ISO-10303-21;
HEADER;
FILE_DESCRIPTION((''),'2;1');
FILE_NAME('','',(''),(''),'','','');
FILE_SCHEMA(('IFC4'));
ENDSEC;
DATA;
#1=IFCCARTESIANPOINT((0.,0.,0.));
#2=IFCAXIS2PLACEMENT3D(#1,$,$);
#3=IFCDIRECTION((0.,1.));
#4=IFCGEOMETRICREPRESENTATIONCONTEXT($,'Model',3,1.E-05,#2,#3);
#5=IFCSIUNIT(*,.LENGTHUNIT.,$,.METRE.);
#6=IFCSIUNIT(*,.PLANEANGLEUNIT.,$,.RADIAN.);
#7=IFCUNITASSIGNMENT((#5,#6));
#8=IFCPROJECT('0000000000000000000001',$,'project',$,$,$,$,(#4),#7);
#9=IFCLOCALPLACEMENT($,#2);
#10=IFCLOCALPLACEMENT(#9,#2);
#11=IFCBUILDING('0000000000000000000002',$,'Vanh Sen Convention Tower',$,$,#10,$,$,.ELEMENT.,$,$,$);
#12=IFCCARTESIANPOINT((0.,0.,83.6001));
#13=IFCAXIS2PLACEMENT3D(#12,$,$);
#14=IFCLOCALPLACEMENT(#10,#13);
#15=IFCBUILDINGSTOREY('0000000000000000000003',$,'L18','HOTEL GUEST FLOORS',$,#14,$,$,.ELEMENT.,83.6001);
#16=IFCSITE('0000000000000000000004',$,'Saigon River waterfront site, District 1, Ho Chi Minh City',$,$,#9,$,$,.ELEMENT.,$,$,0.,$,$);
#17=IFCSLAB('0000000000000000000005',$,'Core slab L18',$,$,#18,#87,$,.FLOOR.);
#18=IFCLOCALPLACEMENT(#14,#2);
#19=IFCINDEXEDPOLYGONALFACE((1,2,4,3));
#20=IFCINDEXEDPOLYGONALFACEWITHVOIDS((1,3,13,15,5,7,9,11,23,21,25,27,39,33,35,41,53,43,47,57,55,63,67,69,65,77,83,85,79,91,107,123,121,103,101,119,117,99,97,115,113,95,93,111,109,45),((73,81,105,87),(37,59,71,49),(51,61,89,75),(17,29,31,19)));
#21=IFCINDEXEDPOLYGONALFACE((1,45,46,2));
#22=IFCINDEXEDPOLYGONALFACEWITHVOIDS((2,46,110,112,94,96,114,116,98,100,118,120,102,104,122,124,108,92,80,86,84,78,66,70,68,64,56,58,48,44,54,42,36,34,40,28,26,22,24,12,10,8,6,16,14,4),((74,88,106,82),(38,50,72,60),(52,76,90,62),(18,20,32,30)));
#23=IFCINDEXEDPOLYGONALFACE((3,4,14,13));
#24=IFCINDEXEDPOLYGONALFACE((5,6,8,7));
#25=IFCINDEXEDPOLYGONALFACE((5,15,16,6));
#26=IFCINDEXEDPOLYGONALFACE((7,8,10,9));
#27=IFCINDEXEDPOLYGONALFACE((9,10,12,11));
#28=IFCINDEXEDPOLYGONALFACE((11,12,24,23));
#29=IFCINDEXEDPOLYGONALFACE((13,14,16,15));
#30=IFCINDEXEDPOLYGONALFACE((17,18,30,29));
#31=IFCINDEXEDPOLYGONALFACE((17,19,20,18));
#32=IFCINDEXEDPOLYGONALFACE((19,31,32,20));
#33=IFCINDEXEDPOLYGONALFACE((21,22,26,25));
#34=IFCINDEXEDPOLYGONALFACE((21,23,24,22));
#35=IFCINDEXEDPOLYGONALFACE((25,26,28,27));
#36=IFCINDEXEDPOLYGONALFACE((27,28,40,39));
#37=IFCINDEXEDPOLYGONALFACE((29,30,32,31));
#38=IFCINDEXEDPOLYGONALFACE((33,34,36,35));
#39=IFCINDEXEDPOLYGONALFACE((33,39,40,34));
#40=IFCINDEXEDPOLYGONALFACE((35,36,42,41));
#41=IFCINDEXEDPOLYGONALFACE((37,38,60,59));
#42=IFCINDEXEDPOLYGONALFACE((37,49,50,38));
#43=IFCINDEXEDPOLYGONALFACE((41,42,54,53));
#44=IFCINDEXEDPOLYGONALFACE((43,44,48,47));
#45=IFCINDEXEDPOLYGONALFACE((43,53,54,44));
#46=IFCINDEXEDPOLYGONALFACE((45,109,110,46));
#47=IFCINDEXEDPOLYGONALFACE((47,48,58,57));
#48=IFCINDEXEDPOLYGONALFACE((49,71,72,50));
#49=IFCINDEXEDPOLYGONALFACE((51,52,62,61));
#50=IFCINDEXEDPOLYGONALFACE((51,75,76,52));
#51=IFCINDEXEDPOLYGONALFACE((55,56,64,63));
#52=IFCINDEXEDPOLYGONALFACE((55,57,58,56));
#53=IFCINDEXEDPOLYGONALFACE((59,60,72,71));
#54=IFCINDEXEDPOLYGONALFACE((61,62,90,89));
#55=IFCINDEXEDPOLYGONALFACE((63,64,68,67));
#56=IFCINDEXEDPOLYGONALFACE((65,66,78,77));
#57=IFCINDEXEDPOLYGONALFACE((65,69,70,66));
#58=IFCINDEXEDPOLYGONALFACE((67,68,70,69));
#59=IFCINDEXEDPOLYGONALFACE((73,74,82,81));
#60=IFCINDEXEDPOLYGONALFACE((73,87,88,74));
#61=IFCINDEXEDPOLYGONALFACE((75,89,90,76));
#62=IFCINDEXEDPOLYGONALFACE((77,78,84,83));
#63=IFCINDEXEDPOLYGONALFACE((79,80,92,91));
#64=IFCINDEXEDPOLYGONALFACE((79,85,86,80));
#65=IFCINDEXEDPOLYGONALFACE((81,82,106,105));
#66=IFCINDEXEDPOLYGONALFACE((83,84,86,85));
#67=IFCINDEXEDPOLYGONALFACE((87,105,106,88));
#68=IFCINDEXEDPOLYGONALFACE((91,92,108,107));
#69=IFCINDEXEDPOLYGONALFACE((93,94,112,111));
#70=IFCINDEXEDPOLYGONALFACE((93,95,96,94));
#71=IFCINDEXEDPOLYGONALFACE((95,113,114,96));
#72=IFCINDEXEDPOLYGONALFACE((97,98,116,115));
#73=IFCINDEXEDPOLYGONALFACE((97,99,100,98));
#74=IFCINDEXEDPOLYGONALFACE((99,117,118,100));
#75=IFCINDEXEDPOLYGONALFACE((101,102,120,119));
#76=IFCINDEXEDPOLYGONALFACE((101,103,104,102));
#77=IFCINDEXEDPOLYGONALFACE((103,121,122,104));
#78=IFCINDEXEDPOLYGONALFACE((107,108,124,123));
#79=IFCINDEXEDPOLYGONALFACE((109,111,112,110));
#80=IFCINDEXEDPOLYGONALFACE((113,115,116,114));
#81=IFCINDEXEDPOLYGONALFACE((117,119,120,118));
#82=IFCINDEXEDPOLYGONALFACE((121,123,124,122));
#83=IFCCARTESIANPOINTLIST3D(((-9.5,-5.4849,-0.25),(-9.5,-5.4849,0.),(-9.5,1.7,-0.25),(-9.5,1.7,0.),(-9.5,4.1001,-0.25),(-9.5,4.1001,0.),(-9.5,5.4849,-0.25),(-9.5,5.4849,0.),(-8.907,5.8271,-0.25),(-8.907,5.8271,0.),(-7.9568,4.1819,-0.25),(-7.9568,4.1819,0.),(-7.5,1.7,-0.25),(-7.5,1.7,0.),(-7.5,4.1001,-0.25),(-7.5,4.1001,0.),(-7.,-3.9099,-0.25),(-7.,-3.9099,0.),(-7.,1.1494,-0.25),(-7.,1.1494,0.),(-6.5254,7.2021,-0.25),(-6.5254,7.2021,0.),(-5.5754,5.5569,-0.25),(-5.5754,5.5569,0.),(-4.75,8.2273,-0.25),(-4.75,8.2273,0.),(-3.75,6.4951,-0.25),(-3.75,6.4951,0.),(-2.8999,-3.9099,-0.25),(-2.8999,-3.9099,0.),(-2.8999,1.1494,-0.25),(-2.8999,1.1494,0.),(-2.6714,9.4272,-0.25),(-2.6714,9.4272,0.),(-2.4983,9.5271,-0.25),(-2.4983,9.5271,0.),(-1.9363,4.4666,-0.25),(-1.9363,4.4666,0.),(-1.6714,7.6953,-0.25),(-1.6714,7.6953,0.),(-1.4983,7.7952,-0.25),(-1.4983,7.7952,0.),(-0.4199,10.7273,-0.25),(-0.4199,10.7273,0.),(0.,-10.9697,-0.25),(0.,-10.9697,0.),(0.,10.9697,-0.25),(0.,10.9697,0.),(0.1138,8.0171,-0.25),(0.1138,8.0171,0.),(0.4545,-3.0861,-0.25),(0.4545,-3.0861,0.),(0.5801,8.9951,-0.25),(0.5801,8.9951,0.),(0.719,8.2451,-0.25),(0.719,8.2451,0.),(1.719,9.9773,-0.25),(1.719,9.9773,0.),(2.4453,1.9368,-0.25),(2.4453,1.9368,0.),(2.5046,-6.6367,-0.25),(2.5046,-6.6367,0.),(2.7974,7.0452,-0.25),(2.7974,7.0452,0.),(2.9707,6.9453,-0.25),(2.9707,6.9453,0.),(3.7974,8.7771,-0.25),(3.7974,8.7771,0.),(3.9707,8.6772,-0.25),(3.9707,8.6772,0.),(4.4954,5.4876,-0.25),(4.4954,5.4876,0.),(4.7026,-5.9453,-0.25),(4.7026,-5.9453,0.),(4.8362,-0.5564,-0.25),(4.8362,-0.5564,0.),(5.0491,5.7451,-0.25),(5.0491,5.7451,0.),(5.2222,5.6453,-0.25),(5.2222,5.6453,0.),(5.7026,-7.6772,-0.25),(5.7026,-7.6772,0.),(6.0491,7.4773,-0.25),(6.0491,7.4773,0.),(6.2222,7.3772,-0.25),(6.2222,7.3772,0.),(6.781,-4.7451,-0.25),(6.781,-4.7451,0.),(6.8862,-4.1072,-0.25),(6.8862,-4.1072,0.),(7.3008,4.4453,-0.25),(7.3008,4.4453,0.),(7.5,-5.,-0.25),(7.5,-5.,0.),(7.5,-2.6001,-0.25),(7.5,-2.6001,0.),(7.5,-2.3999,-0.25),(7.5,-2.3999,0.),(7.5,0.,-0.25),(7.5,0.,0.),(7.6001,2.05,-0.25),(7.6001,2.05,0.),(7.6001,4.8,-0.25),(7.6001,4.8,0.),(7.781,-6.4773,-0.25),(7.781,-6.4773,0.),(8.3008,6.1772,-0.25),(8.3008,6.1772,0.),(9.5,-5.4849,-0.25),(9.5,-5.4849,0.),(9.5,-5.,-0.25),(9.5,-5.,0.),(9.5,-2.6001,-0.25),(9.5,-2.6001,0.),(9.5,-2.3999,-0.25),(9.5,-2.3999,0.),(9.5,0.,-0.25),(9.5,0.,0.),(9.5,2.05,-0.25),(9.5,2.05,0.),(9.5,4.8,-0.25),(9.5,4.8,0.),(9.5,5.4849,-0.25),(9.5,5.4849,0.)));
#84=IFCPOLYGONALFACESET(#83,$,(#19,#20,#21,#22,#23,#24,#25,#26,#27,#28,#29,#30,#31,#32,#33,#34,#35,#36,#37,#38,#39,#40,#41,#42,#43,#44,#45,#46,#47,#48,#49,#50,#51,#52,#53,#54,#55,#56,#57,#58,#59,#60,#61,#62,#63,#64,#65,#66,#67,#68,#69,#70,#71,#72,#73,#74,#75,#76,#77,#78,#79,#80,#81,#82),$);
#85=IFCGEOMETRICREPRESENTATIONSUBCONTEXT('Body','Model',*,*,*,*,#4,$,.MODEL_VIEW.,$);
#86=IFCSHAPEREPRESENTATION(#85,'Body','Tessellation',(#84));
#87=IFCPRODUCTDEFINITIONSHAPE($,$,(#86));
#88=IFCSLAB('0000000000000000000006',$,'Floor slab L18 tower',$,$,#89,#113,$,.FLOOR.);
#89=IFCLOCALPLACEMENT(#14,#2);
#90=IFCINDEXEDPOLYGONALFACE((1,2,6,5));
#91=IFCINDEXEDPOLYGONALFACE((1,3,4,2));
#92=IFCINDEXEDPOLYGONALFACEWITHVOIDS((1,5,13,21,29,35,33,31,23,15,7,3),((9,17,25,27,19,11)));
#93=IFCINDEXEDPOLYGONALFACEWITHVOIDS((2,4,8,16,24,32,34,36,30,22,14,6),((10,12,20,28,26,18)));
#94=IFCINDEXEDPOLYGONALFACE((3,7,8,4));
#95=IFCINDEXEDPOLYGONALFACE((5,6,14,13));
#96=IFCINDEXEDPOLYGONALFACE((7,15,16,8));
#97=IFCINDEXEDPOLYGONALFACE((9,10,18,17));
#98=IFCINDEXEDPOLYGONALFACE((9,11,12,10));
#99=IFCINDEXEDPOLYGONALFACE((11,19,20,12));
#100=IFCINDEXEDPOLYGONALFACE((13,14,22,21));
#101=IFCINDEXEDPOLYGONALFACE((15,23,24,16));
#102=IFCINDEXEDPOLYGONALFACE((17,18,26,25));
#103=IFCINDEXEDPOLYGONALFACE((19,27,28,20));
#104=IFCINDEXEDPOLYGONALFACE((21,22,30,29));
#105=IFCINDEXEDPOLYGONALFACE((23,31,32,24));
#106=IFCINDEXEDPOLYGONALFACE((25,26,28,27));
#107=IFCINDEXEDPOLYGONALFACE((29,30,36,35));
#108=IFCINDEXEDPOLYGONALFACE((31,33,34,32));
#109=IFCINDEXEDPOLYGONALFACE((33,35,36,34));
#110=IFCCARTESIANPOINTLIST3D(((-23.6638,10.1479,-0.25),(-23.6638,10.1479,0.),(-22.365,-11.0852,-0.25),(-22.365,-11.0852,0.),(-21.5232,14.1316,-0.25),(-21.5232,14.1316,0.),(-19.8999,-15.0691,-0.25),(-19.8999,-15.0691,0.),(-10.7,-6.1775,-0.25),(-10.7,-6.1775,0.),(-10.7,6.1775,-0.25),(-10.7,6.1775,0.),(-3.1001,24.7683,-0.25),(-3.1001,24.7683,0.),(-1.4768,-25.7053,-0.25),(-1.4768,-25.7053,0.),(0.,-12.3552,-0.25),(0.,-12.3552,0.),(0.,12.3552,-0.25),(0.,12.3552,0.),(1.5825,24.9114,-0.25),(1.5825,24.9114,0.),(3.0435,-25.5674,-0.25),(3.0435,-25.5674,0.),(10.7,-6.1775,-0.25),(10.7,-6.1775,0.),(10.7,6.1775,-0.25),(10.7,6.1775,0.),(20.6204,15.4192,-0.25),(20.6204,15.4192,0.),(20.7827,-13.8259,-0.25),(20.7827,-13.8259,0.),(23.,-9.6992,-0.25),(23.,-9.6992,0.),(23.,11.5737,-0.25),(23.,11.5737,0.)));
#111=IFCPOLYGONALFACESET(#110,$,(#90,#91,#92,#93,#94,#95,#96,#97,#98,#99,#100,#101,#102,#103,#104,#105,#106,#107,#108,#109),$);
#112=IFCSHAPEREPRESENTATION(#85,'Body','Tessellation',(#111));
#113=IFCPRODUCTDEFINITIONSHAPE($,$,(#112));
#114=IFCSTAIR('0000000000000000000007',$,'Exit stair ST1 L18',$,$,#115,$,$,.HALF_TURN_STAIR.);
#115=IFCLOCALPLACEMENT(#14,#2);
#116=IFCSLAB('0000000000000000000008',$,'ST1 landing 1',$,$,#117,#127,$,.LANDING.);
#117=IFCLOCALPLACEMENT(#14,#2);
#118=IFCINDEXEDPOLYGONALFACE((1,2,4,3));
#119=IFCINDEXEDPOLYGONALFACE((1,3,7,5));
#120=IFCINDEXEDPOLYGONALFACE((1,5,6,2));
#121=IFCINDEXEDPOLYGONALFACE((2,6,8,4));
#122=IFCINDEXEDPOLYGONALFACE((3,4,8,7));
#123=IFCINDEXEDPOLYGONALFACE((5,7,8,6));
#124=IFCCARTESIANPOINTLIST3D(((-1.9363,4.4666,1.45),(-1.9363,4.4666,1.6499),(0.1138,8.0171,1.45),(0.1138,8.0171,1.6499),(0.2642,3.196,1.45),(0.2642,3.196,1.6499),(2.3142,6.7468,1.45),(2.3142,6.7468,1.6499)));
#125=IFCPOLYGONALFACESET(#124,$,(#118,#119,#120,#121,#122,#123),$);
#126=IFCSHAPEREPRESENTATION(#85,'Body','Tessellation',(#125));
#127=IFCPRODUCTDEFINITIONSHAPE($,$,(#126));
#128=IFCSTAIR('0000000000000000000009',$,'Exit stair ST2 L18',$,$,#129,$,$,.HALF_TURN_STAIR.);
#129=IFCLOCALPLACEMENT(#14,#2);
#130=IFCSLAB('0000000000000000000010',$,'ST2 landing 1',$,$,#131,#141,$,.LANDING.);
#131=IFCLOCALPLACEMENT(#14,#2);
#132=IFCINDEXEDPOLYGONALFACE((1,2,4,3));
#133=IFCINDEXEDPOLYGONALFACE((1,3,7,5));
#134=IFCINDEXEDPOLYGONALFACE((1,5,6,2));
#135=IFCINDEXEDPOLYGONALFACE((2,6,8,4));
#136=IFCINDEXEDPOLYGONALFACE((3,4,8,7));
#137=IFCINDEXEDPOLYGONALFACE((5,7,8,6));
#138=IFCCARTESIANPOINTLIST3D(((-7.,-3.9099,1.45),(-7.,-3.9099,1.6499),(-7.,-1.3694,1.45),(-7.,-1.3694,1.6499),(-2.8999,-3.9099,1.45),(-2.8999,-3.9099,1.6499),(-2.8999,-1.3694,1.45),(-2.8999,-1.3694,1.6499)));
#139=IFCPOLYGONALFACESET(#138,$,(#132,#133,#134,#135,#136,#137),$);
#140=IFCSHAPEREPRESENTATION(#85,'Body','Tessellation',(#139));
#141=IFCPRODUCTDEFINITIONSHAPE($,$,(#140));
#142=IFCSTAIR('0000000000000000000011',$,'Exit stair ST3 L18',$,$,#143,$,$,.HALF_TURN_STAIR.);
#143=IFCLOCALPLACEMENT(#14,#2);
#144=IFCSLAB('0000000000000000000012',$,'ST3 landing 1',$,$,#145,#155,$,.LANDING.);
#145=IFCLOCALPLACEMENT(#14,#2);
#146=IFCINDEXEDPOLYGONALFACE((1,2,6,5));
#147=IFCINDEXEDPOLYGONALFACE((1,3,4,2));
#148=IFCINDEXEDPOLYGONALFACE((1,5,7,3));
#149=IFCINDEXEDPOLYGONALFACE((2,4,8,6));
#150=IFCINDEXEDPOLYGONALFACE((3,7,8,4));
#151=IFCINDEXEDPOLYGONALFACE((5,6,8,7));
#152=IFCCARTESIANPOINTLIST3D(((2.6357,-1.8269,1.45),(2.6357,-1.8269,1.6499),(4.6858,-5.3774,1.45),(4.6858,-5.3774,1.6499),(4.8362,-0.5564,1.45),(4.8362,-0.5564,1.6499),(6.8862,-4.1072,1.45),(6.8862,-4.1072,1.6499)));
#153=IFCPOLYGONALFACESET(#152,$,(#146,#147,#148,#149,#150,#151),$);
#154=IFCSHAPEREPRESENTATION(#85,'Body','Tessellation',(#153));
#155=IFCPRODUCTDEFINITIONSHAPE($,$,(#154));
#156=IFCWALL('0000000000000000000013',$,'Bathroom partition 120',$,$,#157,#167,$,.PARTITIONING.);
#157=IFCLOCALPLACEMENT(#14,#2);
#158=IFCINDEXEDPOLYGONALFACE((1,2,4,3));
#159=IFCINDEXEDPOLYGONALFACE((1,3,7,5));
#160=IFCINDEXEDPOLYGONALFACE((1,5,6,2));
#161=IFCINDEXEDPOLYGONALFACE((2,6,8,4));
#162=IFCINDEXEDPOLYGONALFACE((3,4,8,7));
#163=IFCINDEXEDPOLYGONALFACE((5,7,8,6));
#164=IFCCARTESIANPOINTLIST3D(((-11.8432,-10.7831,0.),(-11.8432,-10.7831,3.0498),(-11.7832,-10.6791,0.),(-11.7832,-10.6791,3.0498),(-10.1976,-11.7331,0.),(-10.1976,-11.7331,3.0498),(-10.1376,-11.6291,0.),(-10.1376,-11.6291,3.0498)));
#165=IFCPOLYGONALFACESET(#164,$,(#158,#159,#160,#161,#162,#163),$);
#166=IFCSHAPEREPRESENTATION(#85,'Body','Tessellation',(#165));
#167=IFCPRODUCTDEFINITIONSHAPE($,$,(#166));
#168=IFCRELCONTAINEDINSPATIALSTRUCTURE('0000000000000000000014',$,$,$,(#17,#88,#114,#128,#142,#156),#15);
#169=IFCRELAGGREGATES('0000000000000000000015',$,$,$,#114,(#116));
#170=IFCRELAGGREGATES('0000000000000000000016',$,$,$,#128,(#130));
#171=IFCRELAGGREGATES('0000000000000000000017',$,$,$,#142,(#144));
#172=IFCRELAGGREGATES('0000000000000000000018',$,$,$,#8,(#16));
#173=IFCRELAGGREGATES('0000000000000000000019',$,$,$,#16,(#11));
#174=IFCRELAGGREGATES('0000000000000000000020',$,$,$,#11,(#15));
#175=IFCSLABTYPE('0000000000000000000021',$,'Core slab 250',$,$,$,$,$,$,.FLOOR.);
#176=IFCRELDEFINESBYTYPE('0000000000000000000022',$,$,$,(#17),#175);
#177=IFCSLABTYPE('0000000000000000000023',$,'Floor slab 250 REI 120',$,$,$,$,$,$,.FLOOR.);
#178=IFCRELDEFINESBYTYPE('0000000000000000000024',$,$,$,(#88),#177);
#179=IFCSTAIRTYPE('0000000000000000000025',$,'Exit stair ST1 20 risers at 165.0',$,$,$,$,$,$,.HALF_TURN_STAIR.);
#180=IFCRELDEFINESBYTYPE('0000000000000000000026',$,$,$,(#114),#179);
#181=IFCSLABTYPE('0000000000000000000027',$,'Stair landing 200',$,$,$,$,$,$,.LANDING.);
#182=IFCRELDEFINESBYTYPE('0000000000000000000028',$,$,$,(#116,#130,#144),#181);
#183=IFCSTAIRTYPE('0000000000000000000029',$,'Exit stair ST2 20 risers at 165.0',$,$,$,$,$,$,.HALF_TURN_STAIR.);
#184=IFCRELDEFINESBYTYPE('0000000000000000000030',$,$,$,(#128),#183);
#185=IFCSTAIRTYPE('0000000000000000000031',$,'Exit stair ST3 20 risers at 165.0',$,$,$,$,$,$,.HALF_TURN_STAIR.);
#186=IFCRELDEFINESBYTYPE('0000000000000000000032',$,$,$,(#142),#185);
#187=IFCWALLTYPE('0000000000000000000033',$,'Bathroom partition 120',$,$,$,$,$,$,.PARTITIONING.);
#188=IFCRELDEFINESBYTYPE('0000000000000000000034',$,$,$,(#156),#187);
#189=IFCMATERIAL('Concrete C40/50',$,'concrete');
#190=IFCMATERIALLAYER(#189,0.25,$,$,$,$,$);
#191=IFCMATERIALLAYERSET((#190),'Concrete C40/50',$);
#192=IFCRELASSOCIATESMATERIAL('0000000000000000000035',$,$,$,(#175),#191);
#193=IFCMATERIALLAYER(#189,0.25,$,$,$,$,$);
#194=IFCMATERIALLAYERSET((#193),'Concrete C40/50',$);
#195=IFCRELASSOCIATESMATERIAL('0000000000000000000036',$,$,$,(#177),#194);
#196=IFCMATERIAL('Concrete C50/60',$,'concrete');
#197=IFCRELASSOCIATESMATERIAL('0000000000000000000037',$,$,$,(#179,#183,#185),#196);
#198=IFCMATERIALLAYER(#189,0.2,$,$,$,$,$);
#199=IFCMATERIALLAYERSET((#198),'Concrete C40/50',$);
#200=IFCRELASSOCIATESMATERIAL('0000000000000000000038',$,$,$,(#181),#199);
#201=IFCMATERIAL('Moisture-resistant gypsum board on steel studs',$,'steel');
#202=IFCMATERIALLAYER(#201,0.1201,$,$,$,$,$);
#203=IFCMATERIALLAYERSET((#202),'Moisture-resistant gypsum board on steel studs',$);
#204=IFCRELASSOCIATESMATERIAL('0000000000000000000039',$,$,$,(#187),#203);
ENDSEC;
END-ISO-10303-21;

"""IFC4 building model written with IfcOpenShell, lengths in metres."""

from ifc_helpers import new_model, si_unit, direction, frame, frame_2d, origin, place, context, subcontext, project, spatial, polyline, rectangle, outline, extrude, material, layer, layer_set, type_object, element, aggregate, save


model = new_model("IFC4")

# Units and contexts
model_context = context("Model", 3, precision=1e-05, world=origin(), true_north=direction((0.0, 1.0)))
body_context = subcontext(model_context, "Body", "Model", "MODEL_VIEW")
ifc_project = project(units=[si_unit("LENGTHUNIT", "METRE"), si_unit("PLANEANGLEUNIT", "RADIAN")], contexts=[model_context])

# Site, building, storey
site_placement = place(None, origin())
site = spatial("IfcSite", under=ifc_project, at=site_placement, Name="Saigon River waterfront site, District 1, Ho Chi Minh City", CompositionType="ELEMENT", RefElevation=0.0)
building_placement = place(site_placement, origin())
building = spatial("IfcBuilding", under=site, at=building_placement, Name="Vanh Sen Convention Tower", CompositionType="ELEMENT")
storey_placement = place(building_placement, frame((0.0, 0.0, 83.6001)))
storey = spatial("IfcBuildingStorey", under=building, at=storey_placement, Name="L18", Description="HOTEL GUEST FLOORS", CompositionType="ELEMENT", Elevation=83.6001)

# Slabs
ifc_material_1 = material(Name="Concrete C40/50", Category="concrete")
ifc_layer_1 = layer(ifc_material_1, 0.25)
ifc_layer_set_1 = layer_set([ifc_layer_1], Name="Concrete C40/50")
slab_type_1 = type_object("IfcSlabType", Name="Core slab 250", PredefinedType="FLOOR", material=ifc_layer_set_1)
slab_1_placement = place(storey_placement, frame((0.0, 0.0, -0.25)))
element("IfcSlab", 1, at=slab_1_placement, inside=storey, type_object=slab_type_1, Name="Core slab L18", PredefinedType="FLOOR", context=body_context, shape_type="SweptSolid", body=[
    extrude(outline(polyline([(9.5, 5.4849), (9.5, 4.8), (7.6001, 4.8), (7.6001, 2.05), (9.5, 2.05), (9.5, 0.0), (7.5, 0.0), (7.5, -2.3999), (9.5, -2.3999), (9.5, -2.6001), (7.5, -2.6001), (7.5, -5.0), (9.5, -5.0), (9.5, -5.4849), (0.0, -10.9697), (-9.5, -5.4849), (-9.5, 1.7), (-7.5, 1.7), (-7.5, 4.1001), (-9.5, 4.1001), (-9.5, 5.4849), (-8.907, 5.8271), (-7.9568, 4.1819), (-5.5754, 5.5569), (-6.5254, 7.2021), (-4.75, 8.2273), (-3.75, 6.4951), (-1.6714, 7.6953), (-2.6714, 9.4272), (-2.4983, 9.5271), (-1.4983, 7.7952), (0.5801, 8.9951), (-0.4199, 10.7273), (0.0, 10.9697), (1.719, 9.9773), (0.719, 8.2451), (2.7974, 7.0452), (3.7974, 8.7771), (3.9707, 8.6772), (2.9707, 6.9453), (5.0491, 5.7451), (6.0491, 7.4773), (6.2222, 7.3772), (5.2222, 5.6453), (7.3008, 4.4453), (8.3008, 6.1772), (9.5, 5.4849)]), holes=[polyline([(-7.0, 3.1499), (-7.0, -3.9099), (-2.8999, -3.9099), (-2.8999, 3.1499), (-2.8999, 1.1494), (-7.0, 1.1494), (-7.0, 3.1499)]), polyline([(4.4954, 5.4875), (6.228, 4.4873), (0.1138, 8.0171), (-1.9363, 4.4666), (2.4453, 1.9368), (4.4954, 5.4875)]), polyline([(7.781, -6.4773), (6.781, -4.7451), (4.7026, -5.9453), (5.7026, -7.6772), (7.781, -6.4773)]), polyline([(0.4546, -3.0862), (2.5046, -6.6367), (6.8862, -4.1072), (4.8362, -0.5564), (-1.2781, -4.0864), (0.4546, -3.0862)])]), origin(), (0.0, 0.0, 1.0), 0.25),
])
ifc_layer_2 = layer(ifc_material_1, 0.25)
ifc_layer_set_2 = layer_set([ifc_layer_2], Name="Concrete C40/50")
slab_type_2 = type_object("IfcSlabType", Name="Floor slab 250 REI 120", PredefinedType="FLOOR", material=ifc_layer_set_2)
slab_2_placement = place(storey_placement, frame((0.0, 0.0, -0.25)))
element("IfcSlab", 2, at=slab_2_placement, inside=storey, type_object=slab_type_2, Name="Floor slab L18 tower", PredefinedType="FLOOR", context=body_context, shape_type="SweptSolid", body=[
    extrude(outline(polyline([(23.0, -9.6992), (23.0, 11.5737), (20.6204, 15.4192), (1.5825, 24.9114), (-3.1001, 24.7683), (-21.5232, 14.1316), (-23.6638, 10.1479), (-22.365, -11.0852), (-19.8999, -15.0691), (-1.4768, -25.7053), (3.0435, -25.5674), (20.7827, -13.8259), (23.0, -9.6992)]), holes=[polyline([(0.0, 12.3552), (-10.7, 6.1775), (-10.7, -6.1775), (0.0, -12.3552), (10.7, -6.1775), (10.7, 6.1775), (0.0, 12.3552)])]), origin(), (0.0, 0.0, 1.0), 0.25),
])

# Stairs, slabs
ifc_material_2 = material(Name="Concrete C50/60", Category="concrete")
stair_type_1 = type_object("IfcStairType", Name="Exit stair ST1 20 risers at 165.0", PredefinedType="HALF_TURN_STAIR", material=ifc_material_2)
stair_1_placement = place(storey_placement, origin())
stair_1 = element("IfcStair", 3, at=stair_1_placement, inside=storey, type_object=stair_type_1, Name="Exit stair ST1 L18", PredefinedType="HALF_TURN_STAIR")
ifc_layer_3 = layer(ifc_material_1, 0.2)
ifc_layer_set_3 = layer_set([ifc_layer_3], Name="Concrete C40/50")
slab_type_3 = type_object("IfcSlabType", Name="Stair landing 200", PredefinedType="LANDING", material=ifc_layer_set_3)
slab_3_placement = place(storey_placement, frame((0.0, 0.0, 1.45)))
slab_3 = element("IfcSlab", 4, at=slab_3_placement, type_object=slab_type_3, Name="ST1 landing 1", PredefinedType="LANDING", context=body_context, shape_type="SweptSolid", body=[
    extrude(outline(polyline([(2.3142, 6.7468), (0.1138, 8.0171), (-1.9363, 4.4666), (0.2642, 3.196), (2.3142, 6.7468)])), origin(), (0.0, 0.0, 1.0), 0.2),
])
aggregate(stair_1, [slab_3])
stair_type_2 = type_object("IfcStairType", Name="Exit stair ST2 20 risers at 165.0", PredefinedType="HALF_TURN_STAIR", material=ifc_material_2)
stair_2_placement = place(storey_placement, origin())
stair_2 = element("IfcStair", 5, at=stair_2_placement, inside=storey, type_object=stair_type_2, Name="Exit stair ST2 L18", PredefinedType="HALF_TURN_STAIR")
slab_4_placement = place(storey_placement, frame((0.0, 0.0, 1.45)))
slab_4 = element("IfcSlab", 6, at=slab_4_placement, type_object=slab_type_3, Name="ST2 landing 1", PredefinedType="LANDING", context=body_context, shape_type="SweptSolid", body=[
    extrude(outline(polyline([(-7.0, -1.3694), (-7.0, -3.9099), (-2.8999, -3.9099), (-2.8999, -1.3694), (-7.0, -1.3694)])), origin(), (0.0, 0.0, 1.0), 0.2),
])
aggregate(stair_2, [slab_4])
stair_type_3 = type_object("IfcStairType", Name="Exit stair ST3 20 risers at 165.0", PredefinedType="HALF_TURN_STAIR", material=ifc_material_2)
stair_3_placement = place(storey_placement, origin())
stair_3 = element("IfcStair", 7, at=stair_3_placement, inside=storey, type_object=stair_type_3, Name="Exit stair ST3 L18", PredefinedType="HALF_TURN_STAIR")
slab_5_placement = place(storey_placement, frame((0.0, 0.0, 1.45)))
slab_5 = element("IfcSlab", 8, at=slab_5_placement, type_object=slab_type_3, Name="ST3 landing 1", PredefinedType="LANDING", context=body_context, shape_type="SweptSolid", body=[
    extrude(outline(polyline([(4.6858, -5.3774), (6.8862, -4.1072), (4.8362, -0.5564), (2.6357, -1.8269), (4.6858, -5.3774)])), origin(), (0.0, 0.0, 1.0), 0.2),
])
aggregate(stair_3, [slab_5])

# Wall
ifc_material_3 = material(Name="Moisture-resistant gypsum board on steel studs", Category="steel")
ifc_layer_4 = layer(ifc_material_3, 0.1201)
ifc_layer_set_4 = layer_set([ifc_layer_4], Name="Moisture-resistant gypsum board on steel studs")
wall_type_1 = type_object("IfcWallType", Name="Bathroom partition 120", PredefinedType="PARTITIONING", material=ifc_layer_set_4)
wall_1_placement = place(storey_placement, frame((-10.1675, -11.6812, 0.0), z_axis=(0.0, 0.0, 1.0), x_axis=(-0.866044, 0.499967, 0.0)))
element("IfcWall", 9, at=wall_1_placement, inside=storey, type_object=wall_type_1, Name="Bathroom partition 120", PredefinedType="PARTITIONING", context=body_context, shape_type="SweptSolid", body=[
    extrude(rectangle(XDim=1.9001, YDim=0.1201, at=frame_2d((0.9502, 0.0))), origin(), (0.0, 0.0, 1.0), 3.0498),
])

save(model, "model.ifc")
